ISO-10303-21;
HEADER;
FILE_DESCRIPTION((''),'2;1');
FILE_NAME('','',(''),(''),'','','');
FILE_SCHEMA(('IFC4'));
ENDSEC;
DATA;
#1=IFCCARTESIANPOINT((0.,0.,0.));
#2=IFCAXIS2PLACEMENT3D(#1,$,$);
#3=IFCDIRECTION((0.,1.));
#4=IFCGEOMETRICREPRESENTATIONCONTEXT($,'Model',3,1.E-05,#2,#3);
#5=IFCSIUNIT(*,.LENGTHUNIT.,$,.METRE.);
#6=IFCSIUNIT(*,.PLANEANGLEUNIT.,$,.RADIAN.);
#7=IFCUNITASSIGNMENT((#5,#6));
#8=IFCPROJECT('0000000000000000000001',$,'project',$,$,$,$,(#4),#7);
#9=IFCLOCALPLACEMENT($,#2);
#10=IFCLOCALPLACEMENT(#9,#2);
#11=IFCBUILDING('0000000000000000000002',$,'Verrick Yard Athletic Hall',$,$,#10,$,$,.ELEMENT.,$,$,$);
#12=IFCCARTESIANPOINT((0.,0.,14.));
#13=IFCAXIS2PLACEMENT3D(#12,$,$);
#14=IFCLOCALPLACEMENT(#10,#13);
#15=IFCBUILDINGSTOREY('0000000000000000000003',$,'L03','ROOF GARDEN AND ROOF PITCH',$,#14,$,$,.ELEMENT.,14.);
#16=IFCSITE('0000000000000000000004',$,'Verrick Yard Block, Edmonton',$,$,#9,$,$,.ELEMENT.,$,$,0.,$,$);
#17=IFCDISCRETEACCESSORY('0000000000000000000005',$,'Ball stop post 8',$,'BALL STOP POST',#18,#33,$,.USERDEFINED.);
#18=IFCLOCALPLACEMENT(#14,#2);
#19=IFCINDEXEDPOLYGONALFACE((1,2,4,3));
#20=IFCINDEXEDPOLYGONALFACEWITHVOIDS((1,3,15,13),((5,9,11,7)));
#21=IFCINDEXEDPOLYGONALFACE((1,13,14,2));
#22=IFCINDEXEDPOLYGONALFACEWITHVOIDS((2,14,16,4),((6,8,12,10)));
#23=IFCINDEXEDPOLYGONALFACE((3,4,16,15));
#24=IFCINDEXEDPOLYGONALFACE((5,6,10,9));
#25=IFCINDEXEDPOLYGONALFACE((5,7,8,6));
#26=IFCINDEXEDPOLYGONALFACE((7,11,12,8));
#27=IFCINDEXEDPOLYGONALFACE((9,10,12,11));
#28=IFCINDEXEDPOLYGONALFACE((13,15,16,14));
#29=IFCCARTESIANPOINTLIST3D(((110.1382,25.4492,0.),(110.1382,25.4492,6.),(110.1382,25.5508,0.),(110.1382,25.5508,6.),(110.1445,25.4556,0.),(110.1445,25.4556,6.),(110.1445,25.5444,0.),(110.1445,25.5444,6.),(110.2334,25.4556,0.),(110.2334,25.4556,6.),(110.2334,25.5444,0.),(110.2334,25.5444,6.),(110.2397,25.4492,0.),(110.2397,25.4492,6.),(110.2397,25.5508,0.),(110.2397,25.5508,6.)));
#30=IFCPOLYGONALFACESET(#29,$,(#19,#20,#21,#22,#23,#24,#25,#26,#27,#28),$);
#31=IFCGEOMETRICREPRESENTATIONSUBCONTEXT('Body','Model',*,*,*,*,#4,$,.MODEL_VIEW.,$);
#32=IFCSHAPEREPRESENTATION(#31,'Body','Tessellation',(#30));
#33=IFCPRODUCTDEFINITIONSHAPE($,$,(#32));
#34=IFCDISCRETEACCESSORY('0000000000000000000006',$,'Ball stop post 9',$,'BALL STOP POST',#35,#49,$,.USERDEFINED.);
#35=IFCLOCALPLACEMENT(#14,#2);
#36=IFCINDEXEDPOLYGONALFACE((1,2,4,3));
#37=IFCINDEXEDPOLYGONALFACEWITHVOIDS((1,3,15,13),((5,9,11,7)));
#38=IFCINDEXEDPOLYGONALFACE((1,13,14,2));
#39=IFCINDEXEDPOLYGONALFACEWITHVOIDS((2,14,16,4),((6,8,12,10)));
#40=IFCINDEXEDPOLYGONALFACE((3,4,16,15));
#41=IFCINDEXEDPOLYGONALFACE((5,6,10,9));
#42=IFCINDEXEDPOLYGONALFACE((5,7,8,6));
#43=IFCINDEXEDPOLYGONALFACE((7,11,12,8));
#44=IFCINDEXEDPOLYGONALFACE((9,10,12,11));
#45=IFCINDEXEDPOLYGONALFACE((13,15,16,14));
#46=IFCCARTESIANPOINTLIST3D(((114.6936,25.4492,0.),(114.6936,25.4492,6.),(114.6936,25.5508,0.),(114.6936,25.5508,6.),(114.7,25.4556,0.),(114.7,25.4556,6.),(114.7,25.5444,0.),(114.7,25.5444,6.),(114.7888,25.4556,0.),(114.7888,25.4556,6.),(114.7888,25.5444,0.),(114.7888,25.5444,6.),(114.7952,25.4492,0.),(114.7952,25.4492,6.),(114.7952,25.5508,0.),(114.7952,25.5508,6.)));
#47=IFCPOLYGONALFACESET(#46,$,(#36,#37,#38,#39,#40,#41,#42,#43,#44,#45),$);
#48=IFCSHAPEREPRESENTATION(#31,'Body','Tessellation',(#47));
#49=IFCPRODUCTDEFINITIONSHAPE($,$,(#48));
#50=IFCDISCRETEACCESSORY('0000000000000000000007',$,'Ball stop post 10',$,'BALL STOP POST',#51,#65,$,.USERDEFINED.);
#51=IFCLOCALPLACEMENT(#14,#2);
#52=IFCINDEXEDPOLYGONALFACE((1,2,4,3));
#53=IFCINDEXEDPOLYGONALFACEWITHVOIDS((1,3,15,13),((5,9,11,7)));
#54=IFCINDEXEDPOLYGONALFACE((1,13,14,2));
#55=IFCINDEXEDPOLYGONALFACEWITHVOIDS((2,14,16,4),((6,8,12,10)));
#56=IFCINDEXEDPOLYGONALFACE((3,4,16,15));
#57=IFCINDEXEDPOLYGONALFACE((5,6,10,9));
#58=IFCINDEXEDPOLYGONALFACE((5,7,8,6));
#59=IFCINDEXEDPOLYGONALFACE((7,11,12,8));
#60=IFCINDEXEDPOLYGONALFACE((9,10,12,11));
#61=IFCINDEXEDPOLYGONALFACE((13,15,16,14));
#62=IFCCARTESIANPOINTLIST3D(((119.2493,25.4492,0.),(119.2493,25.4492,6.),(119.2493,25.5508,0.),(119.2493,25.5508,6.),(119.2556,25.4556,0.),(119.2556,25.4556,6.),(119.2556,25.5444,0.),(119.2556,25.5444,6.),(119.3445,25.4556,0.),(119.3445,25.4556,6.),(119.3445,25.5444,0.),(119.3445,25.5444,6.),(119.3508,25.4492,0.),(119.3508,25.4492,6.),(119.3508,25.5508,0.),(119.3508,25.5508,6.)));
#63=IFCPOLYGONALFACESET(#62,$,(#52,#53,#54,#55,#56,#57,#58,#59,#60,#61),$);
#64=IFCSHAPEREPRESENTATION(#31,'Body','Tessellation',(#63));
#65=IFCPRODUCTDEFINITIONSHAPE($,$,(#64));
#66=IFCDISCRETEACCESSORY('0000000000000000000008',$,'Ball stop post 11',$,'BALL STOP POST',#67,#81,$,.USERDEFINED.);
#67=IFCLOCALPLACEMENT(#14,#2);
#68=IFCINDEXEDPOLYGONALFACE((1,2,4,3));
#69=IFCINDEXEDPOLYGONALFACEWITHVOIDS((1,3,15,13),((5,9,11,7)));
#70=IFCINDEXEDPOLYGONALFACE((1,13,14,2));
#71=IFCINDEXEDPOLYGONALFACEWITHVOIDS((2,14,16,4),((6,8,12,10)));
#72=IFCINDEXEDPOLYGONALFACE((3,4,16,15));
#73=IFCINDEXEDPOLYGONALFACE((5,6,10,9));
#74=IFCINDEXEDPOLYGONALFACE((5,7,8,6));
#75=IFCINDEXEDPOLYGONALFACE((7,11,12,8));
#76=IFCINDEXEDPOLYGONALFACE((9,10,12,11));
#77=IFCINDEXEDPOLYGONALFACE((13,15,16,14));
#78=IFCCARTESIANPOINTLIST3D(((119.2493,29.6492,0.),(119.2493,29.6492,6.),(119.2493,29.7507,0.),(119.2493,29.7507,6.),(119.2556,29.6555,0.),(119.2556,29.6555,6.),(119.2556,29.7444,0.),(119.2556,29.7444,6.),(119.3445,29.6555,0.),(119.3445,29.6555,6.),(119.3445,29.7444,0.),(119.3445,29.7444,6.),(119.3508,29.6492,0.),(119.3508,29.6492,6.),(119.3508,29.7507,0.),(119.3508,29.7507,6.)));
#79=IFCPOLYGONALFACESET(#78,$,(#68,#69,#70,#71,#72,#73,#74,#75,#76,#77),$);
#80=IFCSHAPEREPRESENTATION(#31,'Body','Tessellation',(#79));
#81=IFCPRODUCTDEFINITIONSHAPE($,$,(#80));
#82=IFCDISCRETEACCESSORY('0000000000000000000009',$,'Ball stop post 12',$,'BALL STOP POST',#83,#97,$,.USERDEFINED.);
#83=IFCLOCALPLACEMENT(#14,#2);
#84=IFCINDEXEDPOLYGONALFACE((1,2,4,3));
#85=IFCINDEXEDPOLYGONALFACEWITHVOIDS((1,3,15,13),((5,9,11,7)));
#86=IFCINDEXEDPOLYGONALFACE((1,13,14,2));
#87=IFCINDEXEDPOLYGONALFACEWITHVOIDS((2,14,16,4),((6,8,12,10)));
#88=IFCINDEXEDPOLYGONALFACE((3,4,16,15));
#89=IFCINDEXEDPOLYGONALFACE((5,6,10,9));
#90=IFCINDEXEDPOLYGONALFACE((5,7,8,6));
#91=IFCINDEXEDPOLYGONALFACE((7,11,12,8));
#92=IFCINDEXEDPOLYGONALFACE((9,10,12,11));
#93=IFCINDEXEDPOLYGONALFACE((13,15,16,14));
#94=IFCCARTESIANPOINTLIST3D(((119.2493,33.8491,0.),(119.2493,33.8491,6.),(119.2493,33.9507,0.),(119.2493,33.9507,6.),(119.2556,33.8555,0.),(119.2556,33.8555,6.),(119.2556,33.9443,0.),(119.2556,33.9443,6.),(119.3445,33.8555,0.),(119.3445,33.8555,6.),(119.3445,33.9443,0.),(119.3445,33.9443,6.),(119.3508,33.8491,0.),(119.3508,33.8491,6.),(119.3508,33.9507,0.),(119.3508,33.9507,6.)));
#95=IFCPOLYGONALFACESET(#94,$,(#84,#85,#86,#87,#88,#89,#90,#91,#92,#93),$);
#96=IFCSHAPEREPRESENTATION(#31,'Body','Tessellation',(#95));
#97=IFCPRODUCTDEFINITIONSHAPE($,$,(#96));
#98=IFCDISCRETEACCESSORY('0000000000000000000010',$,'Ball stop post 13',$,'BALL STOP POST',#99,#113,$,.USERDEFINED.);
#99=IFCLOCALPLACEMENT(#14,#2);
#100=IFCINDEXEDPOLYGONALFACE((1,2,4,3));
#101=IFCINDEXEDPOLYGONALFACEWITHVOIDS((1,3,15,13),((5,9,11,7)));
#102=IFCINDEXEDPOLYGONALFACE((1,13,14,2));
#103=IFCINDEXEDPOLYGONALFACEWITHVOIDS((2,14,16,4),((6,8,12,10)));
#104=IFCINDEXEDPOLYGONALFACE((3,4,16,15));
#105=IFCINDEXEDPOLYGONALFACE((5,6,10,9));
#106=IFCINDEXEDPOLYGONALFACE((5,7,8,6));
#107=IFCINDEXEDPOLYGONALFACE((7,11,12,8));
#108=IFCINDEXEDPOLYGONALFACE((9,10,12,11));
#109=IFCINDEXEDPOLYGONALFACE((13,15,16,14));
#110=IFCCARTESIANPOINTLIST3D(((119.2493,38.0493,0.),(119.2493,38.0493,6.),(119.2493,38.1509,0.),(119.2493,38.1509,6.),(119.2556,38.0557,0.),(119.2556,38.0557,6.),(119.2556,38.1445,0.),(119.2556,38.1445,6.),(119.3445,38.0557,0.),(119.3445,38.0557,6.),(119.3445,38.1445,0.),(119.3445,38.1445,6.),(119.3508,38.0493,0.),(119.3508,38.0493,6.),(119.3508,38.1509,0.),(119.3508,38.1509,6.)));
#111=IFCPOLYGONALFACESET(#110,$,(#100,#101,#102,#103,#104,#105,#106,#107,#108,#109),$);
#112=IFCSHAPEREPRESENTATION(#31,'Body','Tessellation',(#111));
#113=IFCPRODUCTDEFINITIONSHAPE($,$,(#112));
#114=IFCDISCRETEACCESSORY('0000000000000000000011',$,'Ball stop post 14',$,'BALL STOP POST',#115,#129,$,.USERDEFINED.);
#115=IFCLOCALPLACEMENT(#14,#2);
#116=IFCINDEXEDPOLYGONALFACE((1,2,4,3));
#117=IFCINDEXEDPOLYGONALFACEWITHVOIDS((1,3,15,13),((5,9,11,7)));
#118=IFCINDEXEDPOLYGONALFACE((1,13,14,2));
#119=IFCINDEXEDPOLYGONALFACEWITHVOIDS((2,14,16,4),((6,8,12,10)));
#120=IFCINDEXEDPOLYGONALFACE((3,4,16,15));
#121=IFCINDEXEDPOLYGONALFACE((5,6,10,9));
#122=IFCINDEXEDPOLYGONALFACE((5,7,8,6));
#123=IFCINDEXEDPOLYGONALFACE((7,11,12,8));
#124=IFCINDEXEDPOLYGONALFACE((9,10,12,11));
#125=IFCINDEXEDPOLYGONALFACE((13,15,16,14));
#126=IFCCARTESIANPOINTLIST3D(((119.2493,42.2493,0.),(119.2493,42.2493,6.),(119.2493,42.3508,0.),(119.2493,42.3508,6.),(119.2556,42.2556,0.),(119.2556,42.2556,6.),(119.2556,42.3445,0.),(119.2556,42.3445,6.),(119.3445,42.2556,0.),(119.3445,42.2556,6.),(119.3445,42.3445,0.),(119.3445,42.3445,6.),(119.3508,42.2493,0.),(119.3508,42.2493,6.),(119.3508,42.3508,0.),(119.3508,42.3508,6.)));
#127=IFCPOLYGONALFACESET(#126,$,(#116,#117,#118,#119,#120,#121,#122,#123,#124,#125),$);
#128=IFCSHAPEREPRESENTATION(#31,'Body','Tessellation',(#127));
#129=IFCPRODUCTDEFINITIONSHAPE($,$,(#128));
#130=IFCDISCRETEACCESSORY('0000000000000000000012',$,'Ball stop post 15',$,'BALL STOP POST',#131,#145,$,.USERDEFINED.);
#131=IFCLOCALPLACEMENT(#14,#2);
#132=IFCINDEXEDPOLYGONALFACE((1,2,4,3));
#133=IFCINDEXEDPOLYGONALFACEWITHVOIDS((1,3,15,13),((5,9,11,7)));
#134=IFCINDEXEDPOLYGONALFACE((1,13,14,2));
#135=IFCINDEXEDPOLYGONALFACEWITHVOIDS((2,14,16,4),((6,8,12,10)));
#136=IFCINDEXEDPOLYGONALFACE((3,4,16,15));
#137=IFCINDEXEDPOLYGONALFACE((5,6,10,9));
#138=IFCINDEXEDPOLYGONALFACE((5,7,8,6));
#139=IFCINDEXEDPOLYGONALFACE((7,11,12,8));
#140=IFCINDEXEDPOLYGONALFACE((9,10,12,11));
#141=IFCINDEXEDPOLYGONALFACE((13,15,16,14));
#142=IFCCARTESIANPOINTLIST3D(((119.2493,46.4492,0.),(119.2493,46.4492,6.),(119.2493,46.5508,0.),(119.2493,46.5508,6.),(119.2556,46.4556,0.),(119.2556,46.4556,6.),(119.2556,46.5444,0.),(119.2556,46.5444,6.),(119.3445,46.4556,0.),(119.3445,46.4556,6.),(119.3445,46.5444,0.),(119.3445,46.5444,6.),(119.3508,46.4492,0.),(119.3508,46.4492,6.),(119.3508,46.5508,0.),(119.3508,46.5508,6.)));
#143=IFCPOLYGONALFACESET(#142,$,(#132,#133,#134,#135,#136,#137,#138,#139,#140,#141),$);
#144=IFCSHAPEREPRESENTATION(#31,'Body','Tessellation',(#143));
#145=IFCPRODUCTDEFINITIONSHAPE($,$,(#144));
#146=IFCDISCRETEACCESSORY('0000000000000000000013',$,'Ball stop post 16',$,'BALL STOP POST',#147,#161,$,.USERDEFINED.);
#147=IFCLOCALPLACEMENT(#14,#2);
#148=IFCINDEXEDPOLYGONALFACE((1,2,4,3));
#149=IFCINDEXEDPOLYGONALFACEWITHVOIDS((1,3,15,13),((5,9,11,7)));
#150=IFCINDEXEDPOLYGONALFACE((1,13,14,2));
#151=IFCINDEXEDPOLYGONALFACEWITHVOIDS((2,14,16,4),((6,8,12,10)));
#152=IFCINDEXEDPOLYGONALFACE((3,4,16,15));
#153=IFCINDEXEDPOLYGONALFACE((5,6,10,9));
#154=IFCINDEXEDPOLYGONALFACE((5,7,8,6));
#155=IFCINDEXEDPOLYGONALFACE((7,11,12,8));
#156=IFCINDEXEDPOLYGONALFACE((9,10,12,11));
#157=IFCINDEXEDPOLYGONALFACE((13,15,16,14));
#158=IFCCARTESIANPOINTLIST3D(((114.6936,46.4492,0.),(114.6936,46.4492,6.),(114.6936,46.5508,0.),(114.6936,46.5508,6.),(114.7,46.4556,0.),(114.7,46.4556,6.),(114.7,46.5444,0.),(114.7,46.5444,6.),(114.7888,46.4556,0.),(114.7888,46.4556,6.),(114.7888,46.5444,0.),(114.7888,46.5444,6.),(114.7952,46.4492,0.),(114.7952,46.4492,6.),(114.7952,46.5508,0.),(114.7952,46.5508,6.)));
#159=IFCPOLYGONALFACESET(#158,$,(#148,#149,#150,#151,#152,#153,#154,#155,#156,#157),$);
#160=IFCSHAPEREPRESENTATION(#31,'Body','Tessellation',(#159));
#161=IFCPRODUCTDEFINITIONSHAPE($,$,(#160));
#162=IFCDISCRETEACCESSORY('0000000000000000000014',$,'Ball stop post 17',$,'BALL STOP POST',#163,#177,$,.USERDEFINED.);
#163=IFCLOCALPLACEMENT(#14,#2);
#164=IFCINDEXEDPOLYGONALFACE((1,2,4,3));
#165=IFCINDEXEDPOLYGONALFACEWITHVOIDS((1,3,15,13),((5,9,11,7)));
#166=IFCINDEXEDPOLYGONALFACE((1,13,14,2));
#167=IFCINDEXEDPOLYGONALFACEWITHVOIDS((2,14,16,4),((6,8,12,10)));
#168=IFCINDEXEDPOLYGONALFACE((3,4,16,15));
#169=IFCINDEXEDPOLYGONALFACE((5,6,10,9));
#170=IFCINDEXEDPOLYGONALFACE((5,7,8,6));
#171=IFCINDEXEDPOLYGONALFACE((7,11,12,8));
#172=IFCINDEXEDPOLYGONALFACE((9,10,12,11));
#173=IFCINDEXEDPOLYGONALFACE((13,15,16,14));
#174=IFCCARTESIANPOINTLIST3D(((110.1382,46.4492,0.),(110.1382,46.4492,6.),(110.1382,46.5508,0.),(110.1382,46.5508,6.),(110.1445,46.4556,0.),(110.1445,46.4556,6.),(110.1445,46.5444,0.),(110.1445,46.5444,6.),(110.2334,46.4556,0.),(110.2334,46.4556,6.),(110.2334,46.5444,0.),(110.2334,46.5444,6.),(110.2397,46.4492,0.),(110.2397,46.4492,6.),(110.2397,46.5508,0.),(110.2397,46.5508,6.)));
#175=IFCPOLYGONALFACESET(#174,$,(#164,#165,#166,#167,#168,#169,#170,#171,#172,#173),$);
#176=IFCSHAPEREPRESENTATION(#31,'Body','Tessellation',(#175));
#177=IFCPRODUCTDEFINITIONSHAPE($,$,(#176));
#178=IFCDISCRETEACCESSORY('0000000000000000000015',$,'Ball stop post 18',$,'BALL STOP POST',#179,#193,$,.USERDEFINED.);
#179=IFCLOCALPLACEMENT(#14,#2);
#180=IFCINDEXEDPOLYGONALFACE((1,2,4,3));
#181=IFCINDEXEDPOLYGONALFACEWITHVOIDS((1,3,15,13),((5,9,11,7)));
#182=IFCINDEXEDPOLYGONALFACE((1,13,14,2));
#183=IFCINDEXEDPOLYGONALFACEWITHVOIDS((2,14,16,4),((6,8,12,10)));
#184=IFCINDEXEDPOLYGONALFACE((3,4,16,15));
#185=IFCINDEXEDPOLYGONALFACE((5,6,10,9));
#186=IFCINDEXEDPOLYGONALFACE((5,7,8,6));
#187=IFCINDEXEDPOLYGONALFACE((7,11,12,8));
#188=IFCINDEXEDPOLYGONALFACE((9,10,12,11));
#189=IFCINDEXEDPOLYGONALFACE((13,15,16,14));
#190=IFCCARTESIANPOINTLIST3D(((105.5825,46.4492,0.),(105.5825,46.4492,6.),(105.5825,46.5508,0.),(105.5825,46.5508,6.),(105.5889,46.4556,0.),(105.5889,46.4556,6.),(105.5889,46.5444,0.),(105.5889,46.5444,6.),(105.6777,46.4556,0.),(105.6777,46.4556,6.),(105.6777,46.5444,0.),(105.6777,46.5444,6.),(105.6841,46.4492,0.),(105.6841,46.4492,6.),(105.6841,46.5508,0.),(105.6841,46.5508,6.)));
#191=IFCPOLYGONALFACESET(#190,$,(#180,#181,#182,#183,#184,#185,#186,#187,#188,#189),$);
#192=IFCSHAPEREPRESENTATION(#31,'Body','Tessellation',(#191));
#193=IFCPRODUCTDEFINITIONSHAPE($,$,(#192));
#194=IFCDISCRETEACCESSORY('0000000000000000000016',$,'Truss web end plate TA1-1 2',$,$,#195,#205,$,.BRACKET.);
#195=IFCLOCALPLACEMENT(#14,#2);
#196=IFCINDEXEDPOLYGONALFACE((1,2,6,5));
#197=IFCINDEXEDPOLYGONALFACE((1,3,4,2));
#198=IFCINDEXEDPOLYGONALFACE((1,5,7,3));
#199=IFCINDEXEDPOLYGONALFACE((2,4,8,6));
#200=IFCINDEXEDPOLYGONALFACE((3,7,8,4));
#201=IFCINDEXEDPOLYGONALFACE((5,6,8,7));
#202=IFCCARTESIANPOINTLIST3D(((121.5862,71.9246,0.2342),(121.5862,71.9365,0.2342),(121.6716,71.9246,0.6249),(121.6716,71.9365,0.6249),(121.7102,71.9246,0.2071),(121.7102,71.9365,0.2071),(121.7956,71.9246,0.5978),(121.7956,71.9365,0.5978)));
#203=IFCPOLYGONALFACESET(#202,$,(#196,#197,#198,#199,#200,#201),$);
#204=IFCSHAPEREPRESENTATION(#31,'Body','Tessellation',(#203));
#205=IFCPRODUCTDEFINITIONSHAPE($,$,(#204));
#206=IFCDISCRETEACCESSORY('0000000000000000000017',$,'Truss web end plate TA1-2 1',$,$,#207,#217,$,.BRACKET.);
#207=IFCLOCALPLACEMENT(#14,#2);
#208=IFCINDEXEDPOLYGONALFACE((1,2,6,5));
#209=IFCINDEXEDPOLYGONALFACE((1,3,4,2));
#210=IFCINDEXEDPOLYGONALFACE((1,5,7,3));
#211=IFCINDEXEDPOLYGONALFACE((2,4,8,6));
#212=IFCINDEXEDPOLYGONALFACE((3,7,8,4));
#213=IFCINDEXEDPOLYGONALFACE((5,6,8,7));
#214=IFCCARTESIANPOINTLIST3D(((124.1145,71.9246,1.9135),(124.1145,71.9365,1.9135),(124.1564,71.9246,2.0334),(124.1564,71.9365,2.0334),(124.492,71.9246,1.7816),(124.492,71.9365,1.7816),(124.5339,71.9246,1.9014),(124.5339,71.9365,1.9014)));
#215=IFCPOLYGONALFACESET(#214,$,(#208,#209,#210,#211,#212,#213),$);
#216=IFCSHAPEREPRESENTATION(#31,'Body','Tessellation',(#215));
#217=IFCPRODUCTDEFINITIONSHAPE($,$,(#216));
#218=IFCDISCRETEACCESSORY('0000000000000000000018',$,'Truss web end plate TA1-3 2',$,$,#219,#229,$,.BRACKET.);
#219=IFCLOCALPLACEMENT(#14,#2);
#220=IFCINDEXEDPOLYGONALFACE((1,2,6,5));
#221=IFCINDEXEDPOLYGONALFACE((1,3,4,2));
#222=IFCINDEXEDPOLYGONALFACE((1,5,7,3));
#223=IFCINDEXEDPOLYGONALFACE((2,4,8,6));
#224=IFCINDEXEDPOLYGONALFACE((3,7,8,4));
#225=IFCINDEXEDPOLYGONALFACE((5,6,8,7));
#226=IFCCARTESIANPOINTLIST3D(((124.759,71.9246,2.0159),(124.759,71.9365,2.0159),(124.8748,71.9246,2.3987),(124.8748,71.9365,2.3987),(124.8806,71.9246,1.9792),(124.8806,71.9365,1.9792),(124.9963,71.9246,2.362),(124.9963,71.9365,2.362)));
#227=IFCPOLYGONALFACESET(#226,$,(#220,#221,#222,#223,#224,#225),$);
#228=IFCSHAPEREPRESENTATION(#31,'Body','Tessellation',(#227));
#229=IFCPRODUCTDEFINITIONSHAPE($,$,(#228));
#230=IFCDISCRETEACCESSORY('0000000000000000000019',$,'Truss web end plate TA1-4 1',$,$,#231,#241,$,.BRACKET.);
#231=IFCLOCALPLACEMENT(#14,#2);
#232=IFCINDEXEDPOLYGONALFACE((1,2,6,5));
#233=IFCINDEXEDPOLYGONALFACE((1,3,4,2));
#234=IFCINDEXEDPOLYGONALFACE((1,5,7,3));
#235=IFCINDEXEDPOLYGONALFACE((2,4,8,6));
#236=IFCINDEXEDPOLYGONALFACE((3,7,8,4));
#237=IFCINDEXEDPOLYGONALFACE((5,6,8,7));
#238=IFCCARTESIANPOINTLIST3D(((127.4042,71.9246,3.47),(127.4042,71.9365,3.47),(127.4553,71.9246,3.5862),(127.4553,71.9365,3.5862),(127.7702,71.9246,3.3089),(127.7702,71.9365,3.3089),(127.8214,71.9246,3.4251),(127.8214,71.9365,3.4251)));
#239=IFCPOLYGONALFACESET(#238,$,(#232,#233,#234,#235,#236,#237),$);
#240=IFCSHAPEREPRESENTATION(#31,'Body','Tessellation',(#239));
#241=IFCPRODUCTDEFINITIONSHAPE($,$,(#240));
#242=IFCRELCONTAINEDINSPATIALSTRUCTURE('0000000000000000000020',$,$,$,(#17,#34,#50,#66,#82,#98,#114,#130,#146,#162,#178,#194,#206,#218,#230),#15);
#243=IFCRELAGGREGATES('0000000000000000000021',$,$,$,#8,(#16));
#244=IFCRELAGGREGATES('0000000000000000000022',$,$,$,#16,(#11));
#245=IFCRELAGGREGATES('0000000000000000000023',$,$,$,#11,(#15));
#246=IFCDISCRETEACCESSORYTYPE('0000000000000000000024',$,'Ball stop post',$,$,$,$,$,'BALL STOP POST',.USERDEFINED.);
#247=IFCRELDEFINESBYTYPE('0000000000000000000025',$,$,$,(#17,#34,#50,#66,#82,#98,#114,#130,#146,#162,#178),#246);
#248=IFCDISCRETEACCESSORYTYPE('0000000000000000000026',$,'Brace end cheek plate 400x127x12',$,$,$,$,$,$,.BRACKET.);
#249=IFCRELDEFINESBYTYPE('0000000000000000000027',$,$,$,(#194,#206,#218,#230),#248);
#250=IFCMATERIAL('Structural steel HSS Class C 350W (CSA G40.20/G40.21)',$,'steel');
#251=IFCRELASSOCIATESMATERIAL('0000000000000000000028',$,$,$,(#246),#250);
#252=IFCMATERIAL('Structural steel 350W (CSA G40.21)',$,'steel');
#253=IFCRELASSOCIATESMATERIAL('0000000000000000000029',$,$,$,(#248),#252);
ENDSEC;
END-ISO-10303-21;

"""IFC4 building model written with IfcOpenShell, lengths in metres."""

from ifc_helpers import new_model, si_unit, direction, frame, origin, origin_2d, place, context, subcontext, project, spatial, rectangle, hollow_rectangle, extrude, material, material_profile, profile_set, type_object, element, save


model = new_model("IFC4")

# Units and contexts
model_context = context("Model", 3, precision=1e-05, world=origin(), true_north=direction((0.0, 1.0)))
body_context = subcontext(model_context, "Body", "Model", "MODEL_VIEW")
ifc_project = project(units=[si_unit("LENGTHUNIT", "METRE"), si_unit("PLANEANGLEUNIT", "RADIAN")], contexts=[model_context])

# Site, building, storey
site_placement = place(None, origin())
site = spatial("IfcSite", under=ifc_project, at=site_placement, Name="Verrick Yard Block, Edmonton", CompositionType="ELEMENT", RefElevation=0.0)
building_placement = place(site_placement, origin())
building = spatial("IfcBuilding", under=site, at=building_placement, Name="Verrick Yard Athletic Hall", CompositionType="ELEMENT")
storey_placement = place(building_placement, frame((0.0, 0.0, 14.0)))
storey = spatial("IfcBuildingStorey", under=building, at=storey_placement, Name="L03", Description="ROOF GARDEN AND ROOF PITCH", CompositionType="ELEMENT", Elevation=14.0)

# Shared definitions
ifc_material_1 = material(Name="Structural steel HSS Class C 350W (CSA G40.20/G40.21)", Category="steel")

# Discrete accessories
discrete_accessory_type_1 = type_object("IfcDiscreteAccessoryType", Name="Ball stop post", ElementType="BALL STOP POST", PredefinedType="USERDEFINED", material=ifc_material_1)
for number, where, z_axis, x_axis, name in (
    (1, (110.189, 25.5, 0.0), (0.0, 0.0, 1.0), (1.0, 0.0, 0.0), "Ball stop post 8"),
    (2, (114.7444, 25.5, 0.0), (0.0, 0.0, 1.0), (1.0, 0.0, 0.0), "Ball stop post 9"),
    (3, (119.3, 25.5, 0.0), (0.0, 0.0, 1.0), (1.0, 0.0, 0.0), "Ball stop post 10"),
    (4, (119.3, 29.7, 0.0), (0.0, 0.0, 1.0), (1.0, 0.0, 0.0), "Ball stop post 11"),
    (5, (119.3, 33.8999, 0.0), (0.0, 0.0, 1.0), (1.0, 0.0, 0.0), "Ball stop post 12"),
    (6, (119.3, 38.1001, 0.0), (0.0, 0.0, 1.0), (1.0, 0.0, 0.0), "Ball stop post 13"),
    (7, (119.3, 42.3, 0.0), (0.0, 0.0, 1.0), (1.0, 0.0, 0.0), "Ball stop post 14"),
    (8, (119.3, 46.5, 0.0), (0.0, 0.0, 1.0), (1.0, 0.0, 0.0), "Ball stop post 15"),
    (9, (114.7444, 46.5, 0.0), (0.0, 0.0, 1.0), (1.0, 0.0, 0.0), "Ball stop post 16"),
    (10, (110.189, 46.5, 0.0), (0.0, 0.0, 1.0), (1.0, 0.0, 0.0), "Ball stop post 17"),
    (11, (105.6333, 46.5, 0.0), (0.0, 0.0, 1.0), (1.0, 0.0, 0.0), "Ball stop post 18"),
):
    element("IfcDiscreteAccessory", number, at=place(storey_placement, frame(where, z_axis=z_axis, x_axis=x_axis)), inside=storey, type_object=discrete_accessory_type_1, Name=name, ObjectType="BALL STOP POST", PredefinedType="USERDEFINED", context=body_context, shape_type="SweptSolid", body=[
        extrude(hollow_rectangle(XDim=0.1016, YDim=0.1016, WallThickness=0.0063, at=origin_2d()), origin(), (0.0, 0.0, 1.0), 6.0),
    ])
ifc_material_2 = material(Name="Structural steel 350W (CSA G40.21)", Category="steel")
ifc_material_profile_1 = material_profile(ifc_material_2, rectangle(XDim=0.3999, YDim=0.127, at=origin_2d()), Name="Brace end cheek plate")
ifc_profile_set_1 = profile_set([ifc_material_profile_1], Name="Structural steel 350W (CSA G40.21)")
discrete_accessory_type_2 = type_object("IfcDiscreteAccessoryType", Name="Brace end cheek plate 400x127x12", PredefinedType="BRACKET", material=ifc_profile_set_1)
for number, where, z_axis, x_axis, name in (
    (12, (121.6909, 71.9365, 0.416), (0.0, -1.0, 0.0), (0.213605, 0.0, 0.97692), "Truss web end plate TA1-1 2"),
    (13, (124.3242, 71.9365, 1.9075), (0.0, -1.0, 0.0), (-0.944026, 0.0, 0.329872), "Truss web end plate TA1-2 1"),
    (14, (124.8777, 71.9365, 2.189), (0.0, -1.0, 0.0), (0.289473, 0.0, 0.957186), "Truss web end plate TA1-3 2"),
    (15, (127.6128, 71.9365, 3.4475), (0.0, -1.0, 0.0), (-0.915285, 0.0, 0.402806), "Truss web end plate TA1-4 1"),
):
    element("IfcDiscreteAccessory", number, at=place(storey_placement, frame(where, z_axis=z_axis, x_axis=x_axis)), inside=storey, type_object=discrete_accessory_type_2, Name=name, PredefinedType="BRACKET", context=body_context, shape_type="SweptSolid", body=[
        extrude(rectangle(XDim=0.3999, YDim=0.127, at=origin_2d()), origin(), (0.0, 0.0, 1.0), 0.012),
    ])

save(model, "model.ifc")
